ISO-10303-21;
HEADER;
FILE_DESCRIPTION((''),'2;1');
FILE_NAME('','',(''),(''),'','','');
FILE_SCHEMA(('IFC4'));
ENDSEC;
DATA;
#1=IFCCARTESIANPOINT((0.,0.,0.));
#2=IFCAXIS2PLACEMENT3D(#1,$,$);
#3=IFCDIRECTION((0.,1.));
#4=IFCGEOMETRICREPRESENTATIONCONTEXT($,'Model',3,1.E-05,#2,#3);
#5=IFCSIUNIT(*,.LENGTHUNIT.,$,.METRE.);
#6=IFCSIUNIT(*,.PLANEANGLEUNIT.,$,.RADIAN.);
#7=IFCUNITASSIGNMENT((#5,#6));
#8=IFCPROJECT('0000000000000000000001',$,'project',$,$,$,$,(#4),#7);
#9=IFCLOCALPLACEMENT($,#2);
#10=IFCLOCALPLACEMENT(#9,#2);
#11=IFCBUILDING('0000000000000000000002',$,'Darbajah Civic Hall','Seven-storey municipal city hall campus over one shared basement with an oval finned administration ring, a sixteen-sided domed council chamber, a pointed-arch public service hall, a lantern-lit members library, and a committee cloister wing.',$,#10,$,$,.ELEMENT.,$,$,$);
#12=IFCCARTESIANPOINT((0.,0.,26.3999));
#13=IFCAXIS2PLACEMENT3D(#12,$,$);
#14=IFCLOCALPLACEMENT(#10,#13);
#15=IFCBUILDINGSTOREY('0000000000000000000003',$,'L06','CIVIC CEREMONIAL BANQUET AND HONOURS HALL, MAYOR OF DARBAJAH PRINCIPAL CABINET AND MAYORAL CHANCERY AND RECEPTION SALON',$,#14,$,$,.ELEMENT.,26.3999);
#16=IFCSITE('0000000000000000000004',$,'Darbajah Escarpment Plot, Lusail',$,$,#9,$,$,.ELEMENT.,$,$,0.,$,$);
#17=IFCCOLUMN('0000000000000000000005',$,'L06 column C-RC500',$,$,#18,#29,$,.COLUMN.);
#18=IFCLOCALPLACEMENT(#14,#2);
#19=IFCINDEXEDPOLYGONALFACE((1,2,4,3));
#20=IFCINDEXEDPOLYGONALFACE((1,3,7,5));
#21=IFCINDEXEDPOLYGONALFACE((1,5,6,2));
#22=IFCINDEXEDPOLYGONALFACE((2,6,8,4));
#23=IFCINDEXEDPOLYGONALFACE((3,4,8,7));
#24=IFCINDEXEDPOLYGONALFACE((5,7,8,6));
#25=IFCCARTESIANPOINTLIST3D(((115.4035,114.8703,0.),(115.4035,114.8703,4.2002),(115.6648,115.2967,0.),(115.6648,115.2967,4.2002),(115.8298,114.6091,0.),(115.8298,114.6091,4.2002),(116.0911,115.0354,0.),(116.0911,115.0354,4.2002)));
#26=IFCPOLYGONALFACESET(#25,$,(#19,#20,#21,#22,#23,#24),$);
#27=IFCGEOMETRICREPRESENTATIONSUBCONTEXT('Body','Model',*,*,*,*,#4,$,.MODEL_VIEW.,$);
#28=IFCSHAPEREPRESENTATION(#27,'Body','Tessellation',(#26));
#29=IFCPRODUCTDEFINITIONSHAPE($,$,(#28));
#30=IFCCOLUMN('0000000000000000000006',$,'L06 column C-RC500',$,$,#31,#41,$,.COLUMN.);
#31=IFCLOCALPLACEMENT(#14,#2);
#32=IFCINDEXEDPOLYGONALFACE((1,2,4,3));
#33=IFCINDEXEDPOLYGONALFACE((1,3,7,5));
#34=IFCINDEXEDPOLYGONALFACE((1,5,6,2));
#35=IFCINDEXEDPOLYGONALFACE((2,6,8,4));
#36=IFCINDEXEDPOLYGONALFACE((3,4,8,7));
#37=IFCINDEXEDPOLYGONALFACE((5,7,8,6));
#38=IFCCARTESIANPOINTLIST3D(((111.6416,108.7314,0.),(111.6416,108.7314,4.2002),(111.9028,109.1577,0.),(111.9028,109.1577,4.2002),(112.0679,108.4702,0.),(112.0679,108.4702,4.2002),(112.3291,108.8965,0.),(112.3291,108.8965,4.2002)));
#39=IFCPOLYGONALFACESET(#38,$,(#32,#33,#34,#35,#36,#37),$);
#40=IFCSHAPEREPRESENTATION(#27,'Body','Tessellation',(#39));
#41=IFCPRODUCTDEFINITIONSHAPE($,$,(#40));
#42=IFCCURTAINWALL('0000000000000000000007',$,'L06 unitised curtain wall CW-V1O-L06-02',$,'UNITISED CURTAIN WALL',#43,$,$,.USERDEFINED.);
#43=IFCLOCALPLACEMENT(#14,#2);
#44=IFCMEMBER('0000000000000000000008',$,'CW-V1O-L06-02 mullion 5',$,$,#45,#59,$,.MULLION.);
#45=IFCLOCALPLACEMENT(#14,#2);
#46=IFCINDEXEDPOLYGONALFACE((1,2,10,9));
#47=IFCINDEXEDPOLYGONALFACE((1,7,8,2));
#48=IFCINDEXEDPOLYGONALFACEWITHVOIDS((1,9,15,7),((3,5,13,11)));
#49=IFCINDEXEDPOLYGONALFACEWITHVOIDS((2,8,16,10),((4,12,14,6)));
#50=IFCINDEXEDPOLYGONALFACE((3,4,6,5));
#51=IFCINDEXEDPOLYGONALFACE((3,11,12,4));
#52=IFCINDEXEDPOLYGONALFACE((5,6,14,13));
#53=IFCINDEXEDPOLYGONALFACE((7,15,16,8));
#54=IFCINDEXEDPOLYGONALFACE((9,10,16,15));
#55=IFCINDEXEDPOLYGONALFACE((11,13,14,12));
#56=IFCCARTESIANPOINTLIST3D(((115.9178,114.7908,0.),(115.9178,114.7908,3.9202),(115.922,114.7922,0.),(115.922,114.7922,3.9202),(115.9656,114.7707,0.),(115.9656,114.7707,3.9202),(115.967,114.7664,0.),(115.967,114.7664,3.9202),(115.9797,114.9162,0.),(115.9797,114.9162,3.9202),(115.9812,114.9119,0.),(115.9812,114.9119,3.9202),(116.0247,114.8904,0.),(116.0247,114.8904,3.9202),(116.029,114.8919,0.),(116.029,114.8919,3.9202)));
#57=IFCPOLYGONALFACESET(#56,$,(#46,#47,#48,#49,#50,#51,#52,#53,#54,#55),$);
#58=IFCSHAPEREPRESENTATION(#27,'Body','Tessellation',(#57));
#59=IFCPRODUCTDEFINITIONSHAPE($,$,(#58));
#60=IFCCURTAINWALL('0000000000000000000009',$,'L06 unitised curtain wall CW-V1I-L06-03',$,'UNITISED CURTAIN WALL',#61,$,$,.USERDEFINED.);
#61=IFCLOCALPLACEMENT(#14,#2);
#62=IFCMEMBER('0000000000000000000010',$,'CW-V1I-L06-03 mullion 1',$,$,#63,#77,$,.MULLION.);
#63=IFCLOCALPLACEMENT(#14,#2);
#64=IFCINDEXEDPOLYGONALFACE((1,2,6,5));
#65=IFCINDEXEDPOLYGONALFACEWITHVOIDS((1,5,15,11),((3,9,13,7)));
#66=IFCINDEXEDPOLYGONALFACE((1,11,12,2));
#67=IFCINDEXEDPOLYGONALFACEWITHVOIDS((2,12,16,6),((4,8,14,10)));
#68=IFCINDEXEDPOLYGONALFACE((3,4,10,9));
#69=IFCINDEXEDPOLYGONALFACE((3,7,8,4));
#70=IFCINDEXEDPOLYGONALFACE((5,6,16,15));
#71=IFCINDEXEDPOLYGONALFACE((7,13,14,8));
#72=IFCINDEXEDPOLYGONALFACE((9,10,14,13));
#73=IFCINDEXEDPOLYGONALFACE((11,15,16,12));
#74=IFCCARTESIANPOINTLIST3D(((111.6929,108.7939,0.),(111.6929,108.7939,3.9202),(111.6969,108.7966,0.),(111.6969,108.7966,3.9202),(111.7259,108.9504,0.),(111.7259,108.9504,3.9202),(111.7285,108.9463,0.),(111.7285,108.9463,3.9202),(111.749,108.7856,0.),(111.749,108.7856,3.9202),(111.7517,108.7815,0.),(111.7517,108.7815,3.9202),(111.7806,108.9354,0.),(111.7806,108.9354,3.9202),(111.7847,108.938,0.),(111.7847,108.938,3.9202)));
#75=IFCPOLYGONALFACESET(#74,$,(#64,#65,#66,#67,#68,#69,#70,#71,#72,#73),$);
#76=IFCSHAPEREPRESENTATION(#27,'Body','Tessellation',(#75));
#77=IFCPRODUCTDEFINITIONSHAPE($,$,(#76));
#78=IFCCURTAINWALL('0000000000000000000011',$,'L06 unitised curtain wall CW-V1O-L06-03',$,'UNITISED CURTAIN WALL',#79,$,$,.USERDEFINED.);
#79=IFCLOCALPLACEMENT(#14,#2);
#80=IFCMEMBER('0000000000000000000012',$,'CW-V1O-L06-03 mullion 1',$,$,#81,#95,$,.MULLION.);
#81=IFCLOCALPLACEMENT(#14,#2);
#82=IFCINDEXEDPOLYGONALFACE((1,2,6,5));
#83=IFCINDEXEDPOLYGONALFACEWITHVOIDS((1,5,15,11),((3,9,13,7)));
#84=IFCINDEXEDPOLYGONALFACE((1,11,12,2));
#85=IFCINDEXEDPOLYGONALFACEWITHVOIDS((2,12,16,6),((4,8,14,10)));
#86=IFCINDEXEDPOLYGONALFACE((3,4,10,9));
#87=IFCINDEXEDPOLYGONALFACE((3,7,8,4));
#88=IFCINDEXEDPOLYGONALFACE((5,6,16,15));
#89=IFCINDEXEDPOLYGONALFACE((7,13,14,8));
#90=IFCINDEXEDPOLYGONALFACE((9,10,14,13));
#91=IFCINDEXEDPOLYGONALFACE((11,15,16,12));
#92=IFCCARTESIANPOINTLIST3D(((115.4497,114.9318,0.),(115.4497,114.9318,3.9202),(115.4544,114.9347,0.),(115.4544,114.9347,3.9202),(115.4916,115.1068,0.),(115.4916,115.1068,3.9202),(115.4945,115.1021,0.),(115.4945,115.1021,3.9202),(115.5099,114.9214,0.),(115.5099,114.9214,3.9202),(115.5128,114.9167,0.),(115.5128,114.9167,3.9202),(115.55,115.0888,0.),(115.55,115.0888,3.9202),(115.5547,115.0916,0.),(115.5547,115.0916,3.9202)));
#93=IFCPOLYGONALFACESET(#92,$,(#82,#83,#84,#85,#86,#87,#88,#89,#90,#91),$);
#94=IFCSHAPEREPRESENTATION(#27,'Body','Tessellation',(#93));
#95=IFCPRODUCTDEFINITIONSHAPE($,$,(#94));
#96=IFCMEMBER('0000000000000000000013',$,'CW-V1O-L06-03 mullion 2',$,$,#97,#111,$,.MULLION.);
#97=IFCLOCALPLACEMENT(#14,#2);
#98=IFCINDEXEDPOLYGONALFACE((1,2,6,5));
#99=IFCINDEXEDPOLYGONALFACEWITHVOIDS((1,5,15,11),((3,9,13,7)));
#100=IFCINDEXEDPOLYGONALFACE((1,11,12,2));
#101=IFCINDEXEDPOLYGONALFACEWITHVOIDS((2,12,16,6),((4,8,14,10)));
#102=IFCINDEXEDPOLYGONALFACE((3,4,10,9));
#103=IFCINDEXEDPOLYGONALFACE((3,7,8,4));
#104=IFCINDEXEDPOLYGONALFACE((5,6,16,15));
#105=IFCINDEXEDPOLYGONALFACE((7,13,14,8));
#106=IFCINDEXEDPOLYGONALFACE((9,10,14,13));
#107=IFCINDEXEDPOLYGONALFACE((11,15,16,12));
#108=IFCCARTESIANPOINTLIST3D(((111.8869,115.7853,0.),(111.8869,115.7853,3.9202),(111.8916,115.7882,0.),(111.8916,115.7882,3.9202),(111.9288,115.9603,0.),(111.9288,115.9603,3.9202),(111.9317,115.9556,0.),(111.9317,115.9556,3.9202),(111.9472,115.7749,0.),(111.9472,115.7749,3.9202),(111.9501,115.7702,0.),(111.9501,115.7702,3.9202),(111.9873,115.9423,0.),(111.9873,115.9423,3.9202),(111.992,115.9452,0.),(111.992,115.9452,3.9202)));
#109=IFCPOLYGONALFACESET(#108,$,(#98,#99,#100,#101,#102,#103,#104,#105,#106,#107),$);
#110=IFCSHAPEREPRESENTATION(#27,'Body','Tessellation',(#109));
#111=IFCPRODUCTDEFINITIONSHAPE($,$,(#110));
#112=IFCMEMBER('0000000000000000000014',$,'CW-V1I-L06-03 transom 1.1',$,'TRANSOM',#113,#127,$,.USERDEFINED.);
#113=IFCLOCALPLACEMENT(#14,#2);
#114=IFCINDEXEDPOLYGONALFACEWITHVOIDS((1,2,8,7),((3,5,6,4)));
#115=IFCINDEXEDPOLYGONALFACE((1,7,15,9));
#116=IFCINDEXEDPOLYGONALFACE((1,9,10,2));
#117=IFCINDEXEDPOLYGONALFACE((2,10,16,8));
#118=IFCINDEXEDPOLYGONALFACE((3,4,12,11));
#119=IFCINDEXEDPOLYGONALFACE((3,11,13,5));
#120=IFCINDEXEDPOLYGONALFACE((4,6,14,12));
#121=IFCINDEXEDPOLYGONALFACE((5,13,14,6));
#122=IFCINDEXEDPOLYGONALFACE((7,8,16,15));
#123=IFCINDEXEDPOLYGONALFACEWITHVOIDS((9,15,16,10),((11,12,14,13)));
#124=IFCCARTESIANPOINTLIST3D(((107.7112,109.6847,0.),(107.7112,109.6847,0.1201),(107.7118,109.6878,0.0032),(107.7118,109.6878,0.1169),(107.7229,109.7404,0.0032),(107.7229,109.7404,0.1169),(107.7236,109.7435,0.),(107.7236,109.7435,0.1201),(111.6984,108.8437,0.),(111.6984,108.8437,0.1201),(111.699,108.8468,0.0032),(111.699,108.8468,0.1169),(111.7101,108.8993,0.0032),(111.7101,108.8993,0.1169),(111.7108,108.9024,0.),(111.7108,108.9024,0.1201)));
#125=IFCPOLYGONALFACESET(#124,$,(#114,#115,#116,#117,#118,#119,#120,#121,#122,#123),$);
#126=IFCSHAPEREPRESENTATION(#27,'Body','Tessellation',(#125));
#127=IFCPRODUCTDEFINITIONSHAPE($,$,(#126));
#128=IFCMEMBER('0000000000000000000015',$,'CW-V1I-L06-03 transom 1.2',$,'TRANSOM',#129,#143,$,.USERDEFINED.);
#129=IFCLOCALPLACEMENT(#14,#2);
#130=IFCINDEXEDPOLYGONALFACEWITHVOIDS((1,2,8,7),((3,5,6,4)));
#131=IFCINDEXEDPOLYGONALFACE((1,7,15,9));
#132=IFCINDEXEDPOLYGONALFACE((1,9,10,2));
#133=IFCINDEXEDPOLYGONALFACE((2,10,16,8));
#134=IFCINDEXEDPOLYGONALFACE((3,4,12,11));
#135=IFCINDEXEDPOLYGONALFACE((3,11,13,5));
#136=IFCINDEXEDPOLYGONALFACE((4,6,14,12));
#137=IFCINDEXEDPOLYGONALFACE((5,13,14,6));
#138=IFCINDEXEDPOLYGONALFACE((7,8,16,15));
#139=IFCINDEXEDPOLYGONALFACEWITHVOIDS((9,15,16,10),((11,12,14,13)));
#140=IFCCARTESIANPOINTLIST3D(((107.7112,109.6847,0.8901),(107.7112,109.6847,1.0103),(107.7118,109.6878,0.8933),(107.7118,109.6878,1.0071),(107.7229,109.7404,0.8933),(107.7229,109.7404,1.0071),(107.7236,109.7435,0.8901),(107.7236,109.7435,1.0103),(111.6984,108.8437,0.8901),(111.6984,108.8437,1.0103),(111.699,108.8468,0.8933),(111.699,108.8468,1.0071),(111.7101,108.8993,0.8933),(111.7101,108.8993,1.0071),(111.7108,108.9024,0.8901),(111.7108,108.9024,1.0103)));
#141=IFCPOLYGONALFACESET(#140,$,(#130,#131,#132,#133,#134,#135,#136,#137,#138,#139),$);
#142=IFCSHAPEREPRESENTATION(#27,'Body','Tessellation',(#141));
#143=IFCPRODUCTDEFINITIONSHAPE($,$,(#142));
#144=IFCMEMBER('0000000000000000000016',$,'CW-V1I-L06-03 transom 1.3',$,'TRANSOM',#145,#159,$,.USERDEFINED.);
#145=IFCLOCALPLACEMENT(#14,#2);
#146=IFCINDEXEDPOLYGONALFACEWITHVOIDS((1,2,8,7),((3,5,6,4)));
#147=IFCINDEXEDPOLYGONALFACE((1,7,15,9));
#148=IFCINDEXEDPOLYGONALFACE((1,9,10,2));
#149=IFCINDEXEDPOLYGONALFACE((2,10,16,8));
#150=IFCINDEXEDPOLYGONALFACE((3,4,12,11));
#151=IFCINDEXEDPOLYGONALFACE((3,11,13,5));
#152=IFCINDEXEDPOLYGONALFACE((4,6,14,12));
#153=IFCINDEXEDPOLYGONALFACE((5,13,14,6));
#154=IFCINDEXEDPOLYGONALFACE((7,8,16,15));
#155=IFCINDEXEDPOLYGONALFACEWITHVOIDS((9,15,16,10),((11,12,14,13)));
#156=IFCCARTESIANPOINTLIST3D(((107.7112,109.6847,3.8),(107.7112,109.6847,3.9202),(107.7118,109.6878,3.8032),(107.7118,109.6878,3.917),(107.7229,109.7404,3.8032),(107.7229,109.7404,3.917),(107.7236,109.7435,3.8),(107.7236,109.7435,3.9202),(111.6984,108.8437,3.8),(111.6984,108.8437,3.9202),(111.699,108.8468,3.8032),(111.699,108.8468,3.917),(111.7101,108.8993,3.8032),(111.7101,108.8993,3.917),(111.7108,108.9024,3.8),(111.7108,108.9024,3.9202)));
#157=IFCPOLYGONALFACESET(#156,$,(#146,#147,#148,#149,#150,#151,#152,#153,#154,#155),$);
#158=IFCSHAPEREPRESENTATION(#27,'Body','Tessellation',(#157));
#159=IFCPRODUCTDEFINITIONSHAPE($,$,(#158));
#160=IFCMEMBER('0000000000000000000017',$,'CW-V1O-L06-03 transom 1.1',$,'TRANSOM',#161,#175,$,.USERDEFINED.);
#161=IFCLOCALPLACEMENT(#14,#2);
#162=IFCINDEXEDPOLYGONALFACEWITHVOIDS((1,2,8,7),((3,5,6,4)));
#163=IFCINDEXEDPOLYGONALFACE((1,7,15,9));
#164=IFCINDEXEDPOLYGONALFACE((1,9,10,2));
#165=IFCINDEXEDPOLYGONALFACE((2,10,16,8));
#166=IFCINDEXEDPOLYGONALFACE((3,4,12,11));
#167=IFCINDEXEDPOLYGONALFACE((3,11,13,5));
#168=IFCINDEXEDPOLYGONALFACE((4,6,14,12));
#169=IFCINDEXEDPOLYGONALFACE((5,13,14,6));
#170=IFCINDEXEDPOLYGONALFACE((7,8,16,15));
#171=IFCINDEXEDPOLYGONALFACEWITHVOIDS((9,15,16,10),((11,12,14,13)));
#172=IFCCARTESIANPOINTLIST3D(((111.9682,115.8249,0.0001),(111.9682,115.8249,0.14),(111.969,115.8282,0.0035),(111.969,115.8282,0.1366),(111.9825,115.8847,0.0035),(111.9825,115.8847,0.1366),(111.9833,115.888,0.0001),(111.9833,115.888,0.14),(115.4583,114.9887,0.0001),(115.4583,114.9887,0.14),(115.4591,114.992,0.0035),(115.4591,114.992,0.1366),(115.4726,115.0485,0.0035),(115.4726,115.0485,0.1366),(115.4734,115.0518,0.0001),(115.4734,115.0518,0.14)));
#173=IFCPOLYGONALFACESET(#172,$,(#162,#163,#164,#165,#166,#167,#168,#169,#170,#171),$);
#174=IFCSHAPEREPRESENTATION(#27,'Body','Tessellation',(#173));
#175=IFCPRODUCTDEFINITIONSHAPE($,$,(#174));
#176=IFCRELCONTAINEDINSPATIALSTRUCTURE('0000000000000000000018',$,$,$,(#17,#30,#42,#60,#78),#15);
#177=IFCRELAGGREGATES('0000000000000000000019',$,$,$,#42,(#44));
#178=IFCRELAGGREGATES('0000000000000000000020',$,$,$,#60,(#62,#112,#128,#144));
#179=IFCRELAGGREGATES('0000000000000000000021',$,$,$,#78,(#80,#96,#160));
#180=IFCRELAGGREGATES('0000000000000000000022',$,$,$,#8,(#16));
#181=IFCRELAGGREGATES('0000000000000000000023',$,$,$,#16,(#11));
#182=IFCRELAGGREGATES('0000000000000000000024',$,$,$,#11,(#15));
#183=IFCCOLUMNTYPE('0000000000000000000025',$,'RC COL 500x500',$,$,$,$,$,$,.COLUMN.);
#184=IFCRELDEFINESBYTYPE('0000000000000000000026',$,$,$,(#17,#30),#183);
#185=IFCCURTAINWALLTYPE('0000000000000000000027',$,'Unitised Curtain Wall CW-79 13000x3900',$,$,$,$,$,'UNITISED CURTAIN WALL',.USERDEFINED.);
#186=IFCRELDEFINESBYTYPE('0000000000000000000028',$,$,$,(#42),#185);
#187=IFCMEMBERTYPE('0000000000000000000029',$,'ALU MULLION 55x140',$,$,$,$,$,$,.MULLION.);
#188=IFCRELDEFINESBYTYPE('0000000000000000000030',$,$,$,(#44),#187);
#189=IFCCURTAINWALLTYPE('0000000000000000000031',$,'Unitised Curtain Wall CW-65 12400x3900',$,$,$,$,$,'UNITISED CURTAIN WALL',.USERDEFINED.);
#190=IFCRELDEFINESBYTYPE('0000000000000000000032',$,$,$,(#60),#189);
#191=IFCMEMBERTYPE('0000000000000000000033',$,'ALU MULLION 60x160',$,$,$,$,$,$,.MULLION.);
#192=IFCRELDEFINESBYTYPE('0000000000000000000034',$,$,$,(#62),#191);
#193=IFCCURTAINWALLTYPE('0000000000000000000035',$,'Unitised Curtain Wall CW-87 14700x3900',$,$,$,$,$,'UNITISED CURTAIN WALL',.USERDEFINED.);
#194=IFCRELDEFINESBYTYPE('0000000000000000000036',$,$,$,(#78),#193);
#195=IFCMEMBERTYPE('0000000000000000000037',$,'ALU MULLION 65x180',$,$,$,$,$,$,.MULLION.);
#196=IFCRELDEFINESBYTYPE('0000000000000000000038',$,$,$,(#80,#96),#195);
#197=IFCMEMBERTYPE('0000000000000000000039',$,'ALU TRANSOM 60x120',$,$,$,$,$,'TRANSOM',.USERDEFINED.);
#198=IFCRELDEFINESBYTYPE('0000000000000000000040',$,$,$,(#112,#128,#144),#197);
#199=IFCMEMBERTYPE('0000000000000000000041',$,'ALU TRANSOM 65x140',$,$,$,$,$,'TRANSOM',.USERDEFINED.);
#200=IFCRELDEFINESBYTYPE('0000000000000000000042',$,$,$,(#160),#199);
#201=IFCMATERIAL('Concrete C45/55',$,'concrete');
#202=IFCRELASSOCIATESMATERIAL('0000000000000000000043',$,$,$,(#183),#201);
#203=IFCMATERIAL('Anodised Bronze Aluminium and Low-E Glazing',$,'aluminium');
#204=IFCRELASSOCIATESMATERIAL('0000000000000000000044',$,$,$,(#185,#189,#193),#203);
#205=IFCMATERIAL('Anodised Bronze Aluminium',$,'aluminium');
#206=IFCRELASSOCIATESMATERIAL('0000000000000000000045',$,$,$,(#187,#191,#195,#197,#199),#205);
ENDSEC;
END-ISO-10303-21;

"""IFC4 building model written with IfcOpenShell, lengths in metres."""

from ifc_helpers import new_model, si_unit, direction, frame, origin, origin_2d, place, context, subcontext, project, spatial, rectangle, hollow_rectangle, extrude, material, material_profile, profile_set, type_object, element, aggregate, save


model = new_model("IFC4")

# Units and contexts
model_context = context("Model", 3, precision=1e-05, world=origin(), true_north=direction((0.0, 1.0)))
body_context = subcontext(model_context, "Body", "Model", "MODEL_VIEW")
ifc_project = project(units=[si_unit("LENGTHUNIT", "METRE"), si_unit("PLANEANGLEUNIT", "RADIAN")], contexts=[model_context])

# Site, building, storey
site_placement = place(None, origin())
site = spatial("IfcSite", under=ifc_project, at=site_placement, Name="Darbajah Escarpment Plot, Lusail", CompositionType="ELEMENT", RefElevation=0.0)
building_placement = place(site_placement, origin())
building = spatial("IfcBuilding", under=site, at=building_placement, Name="Darbajah Civic Hall", Description="Seven-storey municipal city hall campus over one shared basement with an oval finned administration ring, a sixteen-sided domed council chamber, a pointed-arch public service hall, a lantern-lit members library, and a committee cloister wing.", CompositionType="ELEMENT")
storey_placement = place(building_placement, frame((0.0, 0.0, 26.3999)))
storey = spatial("IfcBuildingStorey", under=building, at=storey_placement, Name="L06", Description="CIVIC CEREMONIAL BANQUET AND HONOURS HALL, MAYOR OF DARBAJAH PRINCIPAL CABINET AND MAYORAL CHANCERY AND RECEPTION SALON", CompositionType="ELEMENT", Elevation=26.3999)

# Columns
ifc_material_1 = material(Name="Concrete C45/55", Category="concrete")
ifc_material_profile_1 = material_profile(ifc_material_1, rectangle(XDim=0.5, YDim=0.5, at=origin_2d()), Name="RC COL 500x500")
ifc_profile_set_1 = profile_set([ifc_material_profile_1], Name="Concrete C45/55")
column_type = type_object("IfcColumnType", Name="RC COL 500x500", PredefinedType="COLUMN", material=ifc_profile_set_1)
for number, where, z_axis, x_axis, name in (
    (1, (115.7473, 114.9529, 0.0), (0.0, 0.0, 1.0), (0.522499, 0.85264, 0.0), "L06 column C-RC500"),
    (2, (111.9854, 108.814, 0.0), (0.0, 0.0, 1.0), (0.522499, 0.85264, 0.0), "L06 column C-RC500"),
):
    element("IfcColumn", number, at=place(storey_placement, frame(where, z_axis=z_axis, x_axis=x_axis)), inside=storey, type_object=column_type, Name=name, PredefinedType="COLUMN", context=body_context, shape_type="SweptSolid", body=[
        extrude(rectangle(XDim=0.5, YDim=0.5, at=origin_2d()), origin(), (0.0, 0.0, 1.0), 4.2002),
    ])

# Curtain walls, members
ifc_material_2 = material(Name="Anodised Bronze Aluminium and Low-E Glazing", Category="aluminium")
curtain_wall_type_1 = type_object("IfcCurtainWallType", Name="Unitised Curtain Wall CW-79 13000x3900", ElementType="UNITISED CURTAIN WALL", PredefinedType="USERDEFINED", material=ifc_material_2)
curtain_wall_1_placement = place(storey_placement, origin())
curtain_wall_1 = element("IfcCurtainWall", 3, at=curtain_wall_1_placement, inside=storey, type_object=curtain_wall_type_1, Name="L06 unitised curtain wall CW-V1O-L06-02", ObjectType="UNITISED CURTAIN WALL", PredefinedType="USERDEFINED")
ifc_material_3 = material(Name="Anodised Bronze Aluminium", Category="aluminium")
ifc_material_profile_2 = material_profile(ifc_material_3, hollow_rectangle(XDim=0.0549, YDim=0.1399, WallThickness=0.0032, at=origin_2d()), Name="ALU MULLION 55x140")
ifc_profile_set_2 = profile_set([ifc_material_profile_2], Name="Anodised Bronze Aluminium")
member_type_1 = type_object("IfcMemberType", Name="ALU MULLION 55x140", PredefinedType="MULLION", material=ifc_profile_set_2)
member_1_placement = place(storey_placement, frame((115.9734, 114.8413, 0.0), z_axis=(0.0, 0.0, 1.0), x_axis=(-0.896564, 0.442915, 0.0)))
member_1 = element("IfcMember", 4, at=member_1_placement, type_object=member_type_1, Name="CW-V1O-L06-02 mullion 5", PredefinedType="MULLION", context=body_context, shape_type="SweptSolid", body=[
    extrude(hollow_rectangle(XDim=0.0549, YDim=0.1399, WallThickness=0.0032, at=origin_2d()), origin(), (0.0, 0.0, 1.0), 3.9202),
])
aggregate(curtain_wall_1, [member_1])
curtain_wall_type_2 = type_object("IfcCurtainWallType", Name="Unitised Curtain Wall CW-65 12400x3900", ElementType="UNITISED CURTAIN WALL", PredefinedType="USERDEFINED", material=ifc_material_2)
curtain_wall_2_placement = place(storey_placement, origin())
curtain_wall_2 = element("IfcCurtainWall", 5, at=curtain_wall_2_placement, inside=storey, type_object=curtain_wall_type_2, Name="L06 unitised curtain wall CW-V1I-L06-03", ObjectType="UNITISED CURTAIN WALL", PredefinedType="USERDEFINED")
ifc_material_profile_3 = material_profile(ifc_material_3, hollow_rectangle(XDim=0.0601, YDim=0.1599, WallThickness=0.0034, at=origin_2d()), Name="ALU MULLION 60x160")
ifc_profile_set_3 = profile_set([ifc_material_profile_3], Name="Anodised Bronze Aluminium")
member_type_2 = type_object("IfcMemberType", Name="ALU MULLION 60x160", PredefinedType="MULLION", material=ifc_profile_set_3)
member_2_placement = place(storey_placement, frame((111.7388, 108.866, 0.0), z_axis=(0.0, 0.0, 1.0), x_axis=(-0.978473, 0.206375, 0.0)))
member_2 = element("IfcMember", 6, at=member_2_placement, type_object=member_type_2, Name="CW-V1I-L06-03 mullion 1", PredefinedType="MULLION", context=body_context, shape_type="SweptSolid", body=[
    extrude(hollow_rectangle(XDim=0.0601, YDim=0.1599, WallThickness=0.0034, at=origin_2d()), origin(), (0.0, 0.0, 1.0), 3.9202),
])

# Curtain wall, members
curtain_wall_type_3 = type_object("IfcCurtainWallType", Name="Unitised Curtain Wall CW-87 14700x3900", ElementType="UNITISED CURTAIN WALL", PredefinedType="USERDEFINED", material=ifc_material_2)
curtain_wall_3_placement = place(storey_placement, origin())
curtain_wall_3 = element("IfcCurtainWall", 7, at=curtain_wall_3_placement, inside=storey, type_object=curtain_wall_type_3, Name="L06 unitised curtain wall CW-V1O-L06-03", ObjectType="UNITISED CURTAIN WALL", PredefinedType="USERDEFINED")
ifc_material_profile_4 = material_profile(ifc_material_3, hollow_rectangle(XDim=0.0649, YDim=0.1799, WallThickness=0.0039, at=origin_2d()), Name="ALU MULLION 65x180")
ifc_profile_set_4 = profile_set([ifc_material_profile_4], Name="Anodised Bronze Aluminium")
member_type_3 = type_object("IfcMemberType", Name="ALU MULLION 65x180", PredefinedType="MULLION", material=ifc_profile_set_4)
member_3_placement = place(storey_placement, frame((115.5022, 115.0117, 0.0), z_axis=(0.0, 0.0, 1.0), x_axis=(-0.972492, 0.232936, 0.0)))
member_3 = element("IfcMember", 8, at=member_3_placement, type_object=member_type_3, Name="CW-V1O-L06-03 mullion 1", PredefinedType="MULLION", context=body_context, shape_type="SweptSolid", body=[
    extrude(hollow_rectangle(XDim=0.0649, YDim=0.1799, WallThickness=0.0039, at=origin_2d()), origin(), (0.0, 0.0, 1.0), 3.9202),
])
member_4_placement = place(storey_placement, frame((111.9395, 115.8652, 0.0), z_axis=(0.0, 0.0, 1.0), x_axis=(-0.972492, 0.232936, 0.0)))
member_4 = element("IfcMember", 9, at=member_4_placement, type_object=member_type_3, Name="CW-V1O-L06-03 mullion 2", PredefinedType="MULLION", context=body_context, shape_type="SweptSolid", body=[
    extrude(hollow_rectangle(XDim=0.0649, YDim=0.1799, WallThickness=0.0039, at=origin_2d()), origin(), (0.0, 0.0, 1.0), 3.9202),
])

# Members
ifc_material_profile_5 = material_profile(ifc_material_3, hollow_rectangle(XDim=0.0601, YDim=0.1201, WallThickness=0.0032, at=origin_2d()), Name="ALU TRANSOM 60x120")
ifc_profile_set_5 = profile_set([ifc_material_profile_5], Name="Anodised Bronze Aluminium")
member_type_4 = type_object("IfcMemberType", Name="ALU TRANSOM 60x120", ElementType="TRANSOM", PredefinedType="USERDEFINED", material=ifc_profile_set_5)
member_5_placement = place(storey_placement, frame((111.7046, 108.873, 0.0601), z_axis=(-0.978469, 0.206394, 0.0), x_axis=(-0.206394, -0.978469, 0.0)))
member_5 = element("IfcMember", 10, at=member_5_placement, type_object=member_type_4, Name="CW-V1I-L06-03 transom 1.1", ObjectType="TRANSOM", PredefinedType="USERDEFINED", context=body_context, shape_type="SweptSolid", body=[
    extrude(hollow_rectangle(XDim=0.0601, YDim=0.1201, WallThickness=0.0032, at=origin_2d()), origin(), (0.0, 0.0, 1.0), 4.075),
])
member_6_placement = place(storey_placement, frame((111.7046, 108.873, 0.9502), z_axis=(-0.978469, 0.206394, 0.0), x_axis=(-0.206394, -0.978469, 0.0)))
member_6 = element("IfcMember", 11, at=member_6_placement, type_object=member_type_4, Name="CW-V1I-L06-03 transom 1.2", ObjectType="TRANSOM", PredefinedType="USERDEFINED", context=body_context, shape_type="SweptSolid", body=[
    extrude(hollow_rectangle(XDim=0.0601, YDim=0.1201, WallThickness=0.0032, at=origin_2d()), origin(), (0.0, 0.0, 1.0), 4.075),
])
member_7_placement = place(storey_placement, frame((111.7046, 108.873, 3.8601), z_axis=(-0.978469, 0.206394, 0.0), x_axis=(-0.206394, -0.978469, 0.0)))
member_7 = element("IfcMember", 12, at=member_7_placement, type_object=member_type_4, Name="CW-V1I-L06-03 transom 1.3", ObjectType="TRANSOM", PredefinedType="USERDEFINED", context=body_context, shape_type="SweptSolid", body=[
    extrude(hollow_rectangle(XDim=0.0601, YDim=0.1201, WallThickness=0.0032, at=origin_2d()), origin(), (0.0, 0.0, 1.0), 4.075),
])
ifc_material_profile_6 = material_profile(ifc_material_3, hollow_rectangle(XDim=0.0649, YDim=0.1399, WallThickness=0.0034, at=origin_2d()), Name="ALU TRANSOM 65x140")
ifc_profile_set_6 = profile_set([ifc_material_profile_6], Name="Anodised Bronze Aluminium")
member_type_5 = type_object("IfcMemberType", Name="ALU TRANSOM 65x140", ElementType="TRANSOM", PredefinedType="USERDEFINED", material=ifc_profile_set_6)
member_8_placement = place(storey_placement, frame((115.4658, 115.0203, 0.0701), z_axis=(-0.972477, 0.233, 0.0), x_axis=(-0.233, -0.972477, 0.0)))
member_8 = element("IfcMember", 13, at=member_8_placement, type_object=member_type_5, Name="CW-V1O-L06-03 transom 1.1", ObjectType="TRANSOM", PredefinedType="USERDEFINED", context=body_context, shape_type="SweptSolid", body=[
    extrude(hollow_rectangle(XDim=0.0649, YDim=0.1399, WallThickness=0.0034, at=origin_2d()), origin(), (0.0, 0.0, 1.0), 3.5889),
])

aggregate(curtain_wall_2, [member_2, member_5, member_6, member_7])
aggregate(curtain_wall_3, [member_3, member_4, member_8])

save(model, "model.ifc")
